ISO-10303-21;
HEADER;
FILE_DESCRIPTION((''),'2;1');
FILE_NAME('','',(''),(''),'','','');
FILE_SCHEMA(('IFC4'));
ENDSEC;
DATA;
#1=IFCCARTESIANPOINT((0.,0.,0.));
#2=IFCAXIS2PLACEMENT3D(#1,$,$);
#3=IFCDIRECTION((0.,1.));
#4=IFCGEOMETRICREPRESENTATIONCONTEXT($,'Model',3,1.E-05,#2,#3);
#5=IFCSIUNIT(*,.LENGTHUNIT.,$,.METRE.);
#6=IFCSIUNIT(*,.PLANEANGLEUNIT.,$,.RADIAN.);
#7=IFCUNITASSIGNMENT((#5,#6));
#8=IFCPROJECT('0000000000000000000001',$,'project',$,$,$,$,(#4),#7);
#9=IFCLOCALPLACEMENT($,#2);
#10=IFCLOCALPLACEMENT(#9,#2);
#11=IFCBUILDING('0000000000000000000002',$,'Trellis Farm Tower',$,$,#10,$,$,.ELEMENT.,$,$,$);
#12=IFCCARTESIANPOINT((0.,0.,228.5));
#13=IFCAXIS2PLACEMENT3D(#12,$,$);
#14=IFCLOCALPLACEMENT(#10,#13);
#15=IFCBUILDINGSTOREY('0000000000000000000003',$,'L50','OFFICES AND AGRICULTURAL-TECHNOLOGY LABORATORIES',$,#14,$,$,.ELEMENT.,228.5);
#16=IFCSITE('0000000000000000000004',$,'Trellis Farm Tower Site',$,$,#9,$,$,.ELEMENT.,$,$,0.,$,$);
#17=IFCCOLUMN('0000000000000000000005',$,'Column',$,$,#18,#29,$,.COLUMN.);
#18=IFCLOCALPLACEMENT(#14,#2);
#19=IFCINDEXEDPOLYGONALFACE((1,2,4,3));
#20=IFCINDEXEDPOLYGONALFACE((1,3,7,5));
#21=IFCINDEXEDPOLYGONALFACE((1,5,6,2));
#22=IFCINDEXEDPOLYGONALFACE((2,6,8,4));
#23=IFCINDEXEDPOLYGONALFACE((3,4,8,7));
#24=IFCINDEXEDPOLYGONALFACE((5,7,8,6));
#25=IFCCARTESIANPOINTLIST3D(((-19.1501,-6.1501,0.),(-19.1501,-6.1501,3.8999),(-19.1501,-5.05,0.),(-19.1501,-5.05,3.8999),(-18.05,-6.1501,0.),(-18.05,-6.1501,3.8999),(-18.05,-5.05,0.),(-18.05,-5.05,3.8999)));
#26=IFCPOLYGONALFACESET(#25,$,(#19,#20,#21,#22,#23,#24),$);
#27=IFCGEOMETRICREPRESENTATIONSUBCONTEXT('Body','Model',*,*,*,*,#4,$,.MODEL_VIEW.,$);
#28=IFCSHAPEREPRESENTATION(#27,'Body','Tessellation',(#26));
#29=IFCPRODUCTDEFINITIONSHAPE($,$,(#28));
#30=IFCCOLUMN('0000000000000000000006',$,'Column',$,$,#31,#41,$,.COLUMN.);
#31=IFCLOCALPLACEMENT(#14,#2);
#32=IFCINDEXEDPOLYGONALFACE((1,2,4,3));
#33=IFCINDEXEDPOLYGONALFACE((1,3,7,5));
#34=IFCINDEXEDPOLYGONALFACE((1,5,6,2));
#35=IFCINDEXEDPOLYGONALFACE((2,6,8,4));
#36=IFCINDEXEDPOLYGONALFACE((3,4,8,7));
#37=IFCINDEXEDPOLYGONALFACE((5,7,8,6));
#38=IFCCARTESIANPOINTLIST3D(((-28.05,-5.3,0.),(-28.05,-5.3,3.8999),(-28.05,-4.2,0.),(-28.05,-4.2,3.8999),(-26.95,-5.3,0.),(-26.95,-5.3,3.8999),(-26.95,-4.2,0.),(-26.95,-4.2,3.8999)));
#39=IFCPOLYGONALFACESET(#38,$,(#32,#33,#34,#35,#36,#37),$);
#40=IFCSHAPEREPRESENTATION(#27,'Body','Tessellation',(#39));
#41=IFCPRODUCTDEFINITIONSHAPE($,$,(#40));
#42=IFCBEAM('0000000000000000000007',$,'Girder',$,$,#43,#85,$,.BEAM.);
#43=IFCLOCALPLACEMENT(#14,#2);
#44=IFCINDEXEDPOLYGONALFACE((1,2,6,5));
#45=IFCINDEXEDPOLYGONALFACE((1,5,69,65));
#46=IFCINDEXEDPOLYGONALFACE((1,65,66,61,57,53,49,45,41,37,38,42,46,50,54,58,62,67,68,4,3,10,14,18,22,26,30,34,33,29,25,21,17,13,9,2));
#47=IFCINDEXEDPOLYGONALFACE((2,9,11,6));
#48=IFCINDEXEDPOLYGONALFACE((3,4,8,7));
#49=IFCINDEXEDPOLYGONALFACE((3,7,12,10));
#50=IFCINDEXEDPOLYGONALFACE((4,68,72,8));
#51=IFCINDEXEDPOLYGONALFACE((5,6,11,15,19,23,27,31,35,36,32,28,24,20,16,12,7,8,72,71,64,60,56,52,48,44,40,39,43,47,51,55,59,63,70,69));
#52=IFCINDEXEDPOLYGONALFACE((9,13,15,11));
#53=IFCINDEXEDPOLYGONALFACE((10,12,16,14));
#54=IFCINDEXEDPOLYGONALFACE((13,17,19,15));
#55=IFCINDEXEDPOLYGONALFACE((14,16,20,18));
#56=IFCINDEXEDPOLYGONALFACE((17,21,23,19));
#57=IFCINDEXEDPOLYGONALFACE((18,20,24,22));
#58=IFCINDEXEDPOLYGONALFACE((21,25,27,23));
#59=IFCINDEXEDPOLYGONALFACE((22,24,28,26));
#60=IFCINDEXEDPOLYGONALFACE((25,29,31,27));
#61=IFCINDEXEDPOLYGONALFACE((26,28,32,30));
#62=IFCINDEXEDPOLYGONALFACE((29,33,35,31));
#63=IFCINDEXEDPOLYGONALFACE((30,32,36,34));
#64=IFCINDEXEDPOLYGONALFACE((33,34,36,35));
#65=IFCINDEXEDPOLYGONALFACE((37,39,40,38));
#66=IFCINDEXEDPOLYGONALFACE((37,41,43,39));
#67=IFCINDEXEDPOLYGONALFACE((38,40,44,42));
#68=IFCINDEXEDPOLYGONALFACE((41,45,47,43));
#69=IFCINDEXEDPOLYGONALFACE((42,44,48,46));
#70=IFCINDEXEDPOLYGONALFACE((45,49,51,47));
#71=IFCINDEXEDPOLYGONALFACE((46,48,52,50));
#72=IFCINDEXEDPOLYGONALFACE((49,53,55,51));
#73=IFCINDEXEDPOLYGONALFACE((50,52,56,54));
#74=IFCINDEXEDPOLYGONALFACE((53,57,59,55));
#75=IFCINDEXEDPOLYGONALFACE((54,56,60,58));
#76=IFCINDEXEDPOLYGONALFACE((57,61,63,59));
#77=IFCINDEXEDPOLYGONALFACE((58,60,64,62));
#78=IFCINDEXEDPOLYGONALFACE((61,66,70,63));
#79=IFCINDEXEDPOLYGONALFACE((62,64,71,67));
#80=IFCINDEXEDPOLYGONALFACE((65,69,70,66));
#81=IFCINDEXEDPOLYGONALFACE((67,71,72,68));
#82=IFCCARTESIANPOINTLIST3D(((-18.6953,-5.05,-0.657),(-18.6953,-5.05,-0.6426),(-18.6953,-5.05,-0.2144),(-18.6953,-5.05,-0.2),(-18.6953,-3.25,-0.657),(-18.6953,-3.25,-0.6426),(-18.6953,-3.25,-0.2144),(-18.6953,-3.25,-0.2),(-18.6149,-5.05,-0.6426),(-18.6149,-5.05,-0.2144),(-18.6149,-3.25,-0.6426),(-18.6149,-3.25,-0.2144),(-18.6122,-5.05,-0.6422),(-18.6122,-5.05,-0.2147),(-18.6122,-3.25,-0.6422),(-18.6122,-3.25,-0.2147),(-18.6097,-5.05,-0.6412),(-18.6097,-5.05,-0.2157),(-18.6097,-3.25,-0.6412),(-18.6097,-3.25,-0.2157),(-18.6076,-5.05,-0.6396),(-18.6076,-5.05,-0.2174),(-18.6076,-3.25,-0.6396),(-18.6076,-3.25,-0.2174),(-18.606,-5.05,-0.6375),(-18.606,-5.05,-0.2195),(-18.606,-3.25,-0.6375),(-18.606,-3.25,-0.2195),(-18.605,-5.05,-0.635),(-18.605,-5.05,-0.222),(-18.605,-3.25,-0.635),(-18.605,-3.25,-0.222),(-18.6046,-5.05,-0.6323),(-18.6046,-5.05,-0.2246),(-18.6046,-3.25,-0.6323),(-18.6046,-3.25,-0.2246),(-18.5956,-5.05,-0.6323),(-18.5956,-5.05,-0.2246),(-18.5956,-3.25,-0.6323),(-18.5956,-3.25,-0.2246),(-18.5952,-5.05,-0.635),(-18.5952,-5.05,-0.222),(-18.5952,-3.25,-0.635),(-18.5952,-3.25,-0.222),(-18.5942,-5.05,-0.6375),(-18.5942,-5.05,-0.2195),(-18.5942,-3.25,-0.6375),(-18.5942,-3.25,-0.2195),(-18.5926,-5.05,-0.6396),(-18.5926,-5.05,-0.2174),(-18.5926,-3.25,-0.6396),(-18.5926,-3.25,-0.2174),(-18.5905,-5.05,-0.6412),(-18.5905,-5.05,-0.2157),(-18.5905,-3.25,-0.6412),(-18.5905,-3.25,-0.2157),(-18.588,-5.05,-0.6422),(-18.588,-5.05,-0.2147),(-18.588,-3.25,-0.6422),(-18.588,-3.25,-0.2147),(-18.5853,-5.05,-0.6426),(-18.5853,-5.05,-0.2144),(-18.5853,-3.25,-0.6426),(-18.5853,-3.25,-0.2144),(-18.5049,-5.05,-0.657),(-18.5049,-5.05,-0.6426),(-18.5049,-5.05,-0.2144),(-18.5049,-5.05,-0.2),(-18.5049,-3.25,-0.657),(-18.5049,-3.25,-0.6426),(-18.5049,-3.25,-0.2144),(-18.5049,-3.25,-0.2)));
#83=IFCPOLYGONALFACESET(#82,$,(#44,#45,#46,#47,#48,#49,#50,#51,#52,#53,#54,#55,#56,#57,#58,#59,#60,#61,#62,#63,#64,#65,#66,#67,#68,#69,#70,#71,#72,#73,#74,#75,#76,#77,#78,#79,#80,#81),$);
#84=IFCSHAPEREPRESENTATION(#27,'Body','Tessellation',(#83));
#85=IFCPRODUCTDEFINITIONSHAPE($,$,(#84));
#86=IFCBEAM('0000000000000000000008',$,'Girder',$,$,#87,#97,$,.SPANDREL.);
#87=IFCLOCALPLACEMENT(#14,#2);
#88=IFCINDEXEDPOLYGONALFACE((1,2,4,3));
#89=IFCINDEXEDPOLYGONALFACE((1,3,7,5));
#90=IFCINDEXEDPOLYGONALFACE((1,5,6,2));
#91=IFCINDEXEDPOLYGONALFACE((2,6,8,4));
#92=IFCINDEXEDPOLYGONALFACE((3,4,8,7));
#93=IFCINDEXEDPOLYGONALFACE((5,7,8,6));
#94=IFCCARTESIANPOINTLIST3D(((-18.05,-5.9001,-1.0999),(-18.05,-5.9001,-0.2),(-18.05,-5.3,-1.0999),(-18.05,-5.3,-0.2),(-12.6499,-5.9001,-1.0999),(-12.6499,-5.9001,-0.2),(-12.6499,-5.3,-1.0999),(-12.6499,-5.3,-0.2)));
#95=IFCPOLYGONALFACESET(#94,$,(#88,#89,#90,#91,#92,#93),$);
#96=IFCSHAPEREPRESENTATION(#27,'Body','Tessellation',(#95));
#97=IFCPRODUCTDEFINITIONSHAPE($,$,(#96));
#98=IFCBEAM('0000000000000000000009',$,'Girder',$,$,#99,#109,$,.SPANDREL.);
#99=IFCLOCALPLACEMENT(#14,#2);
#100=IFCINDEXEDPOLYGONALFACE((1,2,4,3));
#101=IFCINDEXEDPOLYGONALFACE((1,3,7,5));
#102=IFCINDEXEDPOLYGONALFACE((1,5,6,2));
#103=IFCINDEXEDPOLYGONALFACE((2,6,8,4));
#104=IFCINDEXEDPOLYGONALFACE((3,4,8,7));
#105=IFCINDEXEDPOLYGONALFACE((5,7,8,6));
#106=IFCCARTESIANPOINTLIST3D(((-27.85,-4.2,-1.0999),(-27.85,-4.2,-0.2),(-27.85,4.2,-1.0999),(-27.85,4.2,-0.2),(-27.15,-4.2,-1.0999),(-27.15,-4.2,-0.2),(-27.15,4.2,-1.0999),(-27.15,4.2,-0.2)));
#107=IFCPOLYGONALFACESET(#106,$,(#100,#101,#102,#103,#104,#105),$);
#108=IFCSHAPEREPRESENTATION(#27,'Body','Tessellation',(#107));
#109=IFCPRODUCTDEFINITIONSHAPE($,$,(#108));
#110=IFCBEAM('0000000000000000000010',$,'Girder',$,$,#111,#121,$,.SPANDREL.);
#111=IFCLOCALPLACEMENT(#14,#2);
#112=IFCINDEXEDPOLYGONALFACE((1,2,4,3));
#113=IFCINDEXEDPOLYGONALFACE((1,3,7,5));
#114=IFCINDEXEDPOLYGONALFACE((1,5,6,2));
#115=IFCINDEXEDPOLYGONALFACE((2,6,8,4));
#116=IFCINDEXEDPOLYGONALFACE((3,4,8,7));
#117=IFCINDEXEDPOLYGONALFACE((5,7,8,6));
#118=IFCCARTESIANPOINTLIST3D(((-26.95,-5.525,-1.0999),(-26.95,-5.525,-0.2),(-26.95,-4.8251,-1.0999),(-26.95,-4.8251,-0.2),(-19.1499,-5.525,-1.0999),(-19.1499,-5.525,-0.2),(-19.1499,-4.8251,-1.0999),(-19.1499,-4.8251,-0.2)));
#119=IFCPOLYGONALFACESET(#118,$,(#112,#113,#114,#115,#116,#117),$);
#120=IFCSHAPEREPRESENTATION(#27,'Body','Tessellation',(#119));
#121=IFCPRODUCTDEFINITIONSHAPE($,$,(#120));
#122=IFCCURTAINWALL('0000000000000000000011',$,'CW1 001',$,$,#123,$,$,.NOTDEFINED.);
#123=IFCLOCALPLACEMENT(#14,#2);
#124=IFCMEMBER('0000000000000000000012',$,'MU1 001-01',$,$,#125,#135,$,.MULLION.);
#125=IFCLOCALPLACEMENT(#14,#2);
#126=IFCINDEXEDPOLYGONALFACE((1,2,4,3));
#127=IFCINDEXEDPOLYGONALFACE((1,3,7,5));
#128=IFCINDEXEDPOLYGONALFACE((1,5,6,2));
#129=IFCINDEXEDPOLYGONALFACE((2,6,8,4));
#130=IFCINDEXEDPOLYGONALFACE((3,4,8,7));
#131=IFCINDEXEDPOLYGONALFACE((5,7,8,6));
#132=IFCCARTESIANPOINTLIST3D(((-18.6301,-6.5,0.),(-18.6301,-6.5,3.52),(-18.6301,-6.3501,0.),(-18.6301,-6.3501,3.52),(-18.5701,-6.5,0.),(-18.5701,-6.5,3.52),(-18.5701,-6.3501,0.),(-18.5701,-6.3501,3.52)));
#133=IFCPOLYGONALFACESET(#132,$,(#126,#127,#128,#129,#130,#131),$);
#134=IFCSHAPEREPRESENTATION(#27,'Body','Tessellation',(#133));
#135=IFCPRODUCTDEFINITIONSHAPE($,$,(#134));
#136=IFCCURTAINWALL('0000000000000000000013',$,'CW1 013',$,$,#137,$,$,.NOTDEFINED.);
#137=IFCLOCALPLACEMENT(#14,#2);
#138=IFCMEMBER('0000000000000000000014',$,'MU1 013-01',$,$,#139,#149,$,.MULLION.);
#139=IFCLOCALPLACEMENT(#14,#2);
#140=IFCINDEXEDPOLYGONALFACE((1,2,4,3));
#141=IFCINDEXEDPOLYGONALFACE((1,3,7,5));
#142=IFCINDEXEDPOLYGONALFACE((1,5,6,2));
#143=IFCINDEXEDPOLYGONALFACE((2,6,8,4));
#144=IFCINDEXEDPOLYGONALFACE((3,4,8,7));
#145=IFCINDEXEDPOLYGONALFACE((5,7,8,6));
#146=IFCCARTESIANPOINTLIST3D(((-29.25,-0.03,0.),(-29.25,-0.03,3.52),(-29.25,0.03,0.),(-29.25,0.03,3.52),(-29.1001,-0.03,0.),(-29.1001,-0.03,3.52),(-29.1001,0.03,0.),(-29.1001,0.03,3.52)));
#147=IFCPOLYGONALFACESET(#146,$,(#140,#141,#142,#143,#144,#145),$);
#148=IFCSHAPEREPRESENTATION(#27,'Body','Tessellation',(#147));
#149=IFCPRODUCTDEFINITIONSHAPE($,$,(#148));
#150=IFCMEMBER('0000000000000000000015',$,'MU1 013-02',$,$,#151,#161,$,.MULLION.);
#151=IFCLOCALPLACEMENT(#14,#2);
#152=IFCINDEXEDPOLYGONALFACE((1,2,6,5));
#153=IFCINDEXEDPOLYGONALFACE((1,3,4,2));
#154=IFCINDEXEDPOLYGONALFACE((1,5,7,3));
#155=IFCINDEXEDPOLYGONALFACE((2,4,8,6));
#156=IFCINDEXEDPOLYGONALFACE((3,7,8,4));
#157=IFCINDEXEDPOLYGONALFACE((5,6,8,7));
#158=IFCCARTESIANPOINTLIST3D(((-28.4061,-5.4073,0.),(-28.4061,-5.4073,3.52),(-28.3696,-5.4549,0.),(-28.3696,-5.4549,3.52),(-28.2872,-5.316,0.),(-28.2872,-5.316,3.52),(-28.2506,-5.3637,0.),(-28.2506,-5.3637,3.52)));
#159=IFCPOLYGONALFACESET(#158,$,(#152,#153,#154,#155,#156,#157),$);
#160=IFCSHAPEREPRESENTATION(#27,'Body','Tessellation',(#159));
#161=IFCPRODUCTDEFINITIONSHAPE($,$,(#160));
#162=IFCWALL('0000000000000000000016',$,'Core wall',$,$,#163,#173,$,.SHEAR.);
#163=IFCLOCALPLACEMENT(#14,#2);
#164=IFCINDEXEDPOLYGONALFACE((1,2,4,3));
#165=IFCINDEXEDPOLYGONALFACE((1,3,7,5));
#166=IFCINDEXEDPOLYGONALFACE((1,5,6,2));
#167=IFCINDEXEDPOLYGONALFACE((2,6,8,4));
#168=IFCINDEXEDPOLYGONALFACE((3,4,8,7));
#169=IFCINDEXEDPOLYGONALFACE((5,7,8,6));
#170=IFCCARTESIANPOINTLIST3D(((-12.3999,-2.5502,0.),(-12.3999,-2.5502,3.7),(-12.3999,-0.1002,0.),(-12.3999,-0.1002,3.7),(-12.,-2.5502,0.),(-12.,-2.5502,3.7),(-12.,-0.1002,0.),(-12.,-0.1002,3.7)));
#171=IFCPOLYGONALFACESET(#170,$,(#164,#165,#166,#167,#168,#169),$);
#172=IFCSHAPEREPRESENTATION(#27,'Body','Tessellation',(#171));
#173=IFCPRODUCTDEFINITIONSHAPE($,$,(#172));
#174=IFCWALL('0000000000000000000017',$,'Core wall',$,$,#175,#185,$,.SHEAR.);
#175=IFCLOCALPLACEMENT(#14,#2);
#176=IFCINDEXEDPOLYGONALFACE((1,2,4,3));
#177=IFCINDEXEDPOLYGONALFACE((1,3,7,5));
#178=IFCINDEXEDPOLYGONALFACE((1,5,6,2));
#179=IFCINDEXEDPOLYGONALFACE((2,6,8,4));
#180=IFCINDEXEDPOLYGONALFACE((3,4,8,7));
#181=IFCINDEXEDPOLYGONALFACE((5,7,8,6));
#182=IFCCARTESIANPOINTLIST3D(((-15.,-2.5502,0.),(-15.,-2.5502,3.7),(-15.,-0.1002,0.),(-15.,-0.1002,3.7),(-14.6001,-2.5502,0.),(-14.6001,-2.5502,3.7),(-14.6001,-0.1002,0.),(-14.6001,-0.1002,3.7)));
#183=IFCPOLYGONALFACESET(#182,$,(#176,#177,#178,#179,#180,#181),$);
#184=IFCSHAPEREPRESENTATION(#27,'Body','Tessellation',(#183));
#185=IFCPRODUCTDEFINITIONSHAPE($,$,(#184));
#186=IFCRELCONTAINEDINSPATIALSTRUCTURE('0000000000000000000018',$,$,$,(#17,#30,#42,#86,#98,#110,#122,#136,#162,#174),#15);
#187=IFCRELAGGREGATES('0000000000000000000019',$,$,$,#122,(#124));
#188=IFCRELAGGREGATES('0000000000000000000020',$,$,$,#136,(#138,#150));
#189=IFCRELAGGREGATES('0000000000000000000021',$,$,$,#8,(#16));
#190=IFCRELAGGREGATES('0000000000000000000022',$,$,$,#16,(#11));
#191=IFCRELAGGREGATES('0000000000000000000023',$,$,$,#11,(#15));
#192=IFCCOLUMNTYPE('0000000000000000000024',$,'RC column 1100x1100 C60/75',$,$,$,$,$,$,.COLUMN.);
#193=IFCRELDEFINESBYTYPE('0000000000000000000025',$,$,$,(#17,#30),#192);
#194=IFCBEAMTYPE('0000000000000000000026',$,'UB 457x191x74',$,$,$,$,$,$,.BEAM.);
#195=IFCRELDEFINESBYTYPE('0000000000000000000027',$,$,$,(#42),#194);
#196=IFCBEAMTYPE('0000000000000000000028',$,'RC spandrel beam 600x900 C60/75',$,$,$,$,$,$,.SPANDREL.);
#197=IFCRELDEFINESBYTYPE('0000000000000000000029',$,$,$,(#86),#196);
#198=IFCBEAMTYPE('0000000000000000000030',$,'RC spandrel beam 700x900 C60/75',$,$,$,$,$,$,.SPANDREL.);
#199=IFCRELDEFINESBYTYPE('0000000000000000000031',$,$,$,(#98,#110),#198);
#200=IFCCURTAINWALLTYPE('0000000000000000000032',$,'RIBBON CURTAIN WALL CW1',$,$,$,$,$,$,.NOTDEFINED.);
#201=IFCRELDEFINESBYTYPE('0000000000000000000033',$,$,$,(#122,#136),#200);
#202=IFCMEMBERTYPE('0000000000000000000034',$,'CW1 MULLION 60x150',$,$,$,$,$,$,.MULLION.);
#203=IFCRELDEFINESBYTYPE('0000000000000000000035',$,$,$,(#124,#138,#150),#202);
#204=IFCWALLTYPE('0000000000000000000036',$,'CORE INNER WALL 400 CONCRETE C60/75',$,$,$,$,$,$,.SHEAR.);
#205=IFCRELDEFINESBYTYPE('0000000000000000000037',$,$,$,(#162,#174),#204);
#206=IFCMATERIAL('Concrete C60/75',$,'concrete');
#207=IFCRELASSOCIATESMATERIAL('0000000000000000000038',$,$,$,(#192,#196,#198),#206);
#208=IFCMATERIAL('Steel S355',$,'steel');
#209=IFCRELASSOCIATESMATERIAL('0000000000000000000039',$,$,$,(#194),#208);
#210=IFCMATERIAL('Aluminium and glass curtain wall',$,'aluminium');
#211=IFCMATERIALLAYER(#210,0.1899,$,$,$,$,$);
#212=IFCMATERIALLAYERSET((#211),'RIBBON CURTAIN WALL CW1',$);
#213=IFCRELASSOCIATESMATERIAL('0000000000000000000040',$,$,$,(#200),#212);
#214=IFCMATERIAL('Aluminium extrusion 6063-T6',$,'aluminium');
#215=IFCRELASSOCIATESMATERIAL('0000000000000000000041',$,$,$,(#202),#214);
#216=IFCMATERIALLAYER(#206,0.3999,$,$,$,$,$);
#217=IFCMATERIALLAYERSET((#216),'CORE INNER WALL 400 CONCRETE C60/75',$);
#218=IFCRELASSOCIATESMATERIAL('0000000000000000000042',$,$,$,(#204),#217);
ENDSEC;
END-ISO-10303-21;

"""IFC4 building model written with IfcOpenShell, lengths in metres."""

from ifc_helpers import new_model, si_unit, direction, frame, frame_2d, origin, origin_2d, place, context, subcontext, project, spatial, rectangle, i_section, extrude, source, transform, mapped, material, layer, layer_set, material_profile, profile_set, type_object, element, aggregate, save


model = new_model("IFC4")

# Units and contexts
model_context = context("Model", 3, precision=1e-05, world=origin(), true_north=direction((0.0, 1.0)))
body_context = subcontext(model_context, "Body", "Model", "MODEL_VIEW")
ifc_project = project(units=[si_unit("LENGTHUNIT", "METRE"), si_unit("PLANEANGLEUNIT", "RADIAN")], contexts=[model_context])

# Site, building, storey
site_placement = place(None, origin())
site = spatial("IfcSite", under=ifc_project, at=site_placement, Name="Trellis Farm Tower Site", CompositionType="ELEMENT", RefElevation=0.0)
building_placement = place(site_placement, origin())
building = spatial("IfcBuilding", under=site, at=building_placement, Name="Trellis Farm Tower", CompositionType="ELEMENT")
storey_placement = place(building_placement, frame((0.0, 0.0, 228.5)))
storey = spatial("IfcBuildingStorey", under=building, at=storey_placement, Name="L50", Description="OFFICES AND AGRICULTURAL-TECHNOLOGY LABORATORIES", CompositionType="ELEMENT", Elevation=228.5)

# Columns
ifc_material_1 = material(Name="Concrete C60/75", Category="concrete")
ifc_material_profile_1 = material_profile(ifc_material_1, rectangle(XDim=1.1001, YDim=1.1001, at=origin_2d()), Name="RC column 1100x1100 C60/75")
ifc_profile_set_1 = profile_set([ifc_material_profile_1], Name="Concrete C60/75")
column_type = type_object("IfcColumnType", Name="RC column 1100x1100 C60/75", PredefinedType="COLUMN", material=ifc_profile_set_1)
shared_shape_1 = source(origin(), body_context, "Body", "SweptSolid", [
    extrude(rectangle(XDim=1.1001, YDim=1.1001, at=origin_2d()), origin(), (0.0, 0.0, 1.0), 3.8999),
])
for number, where, z_axis, x_axis, name in (
    (1, (-18.6001, -5.6001, 0.0), (0.0, 0.0, 1.0), (1.0, 0.0, 0.0), "Column"),
    (2, (-27.5, -4.75, 0.0), (0.0, 0.0, 1.0), (1.0, 0.0, 0.0), "Column"),
):
    element("IfcColumn", number, at=place(storey_placement, frame(where, z_axis=z_axis, x_axis=x_axis)), inside=storey, type_object=column_type, Name=name, PredefinedType="COLUMN", context=body_context, shape_type="MappedRepresentation", body=[
        mapped(shared_shape_1, transform((0.0, 0.0, 0.0))),
    ])

# Beams
ifc_material_2 = material(Name="Steel S355", Category="steel")
ifc_material_profile_2 = material_profile(ifc_material_2, i_section(OverallWidth=0.1904, OverallDepth=0.457, WebThickness=0.009, FlangeThickness=0.0144, FilletRadius=0.0103, at=origin_2d()), Name="UB 457x191x74")
ifc_profile_set_2 = profile_set([ifc_material_profile_2], Name="Steel S355")
beam_type_1 = type_object("IfcBeamType", Name="UB 457x191x74", PredefinedType="BEAM", material=ifc_profile_set_2)
shared_shape_2 = source(origin(), body_context, "Body", "SweptSolid", [
    extrude(i_section(OverallWidth=0.1904, OverallDepth=0.457, WebThickness=0.009, FlangeThickness=0.0144, FilletRadius=0.0103, at=origin_2d()), origin(), (0.0, 0.0, 1.0), 1.8),
])
beam_1_placement = place(storey_placement, frame((-18.6001, -5.05, -0.4285), z_axis=(0.0, 1.0, 0.0), x_axis=(-1.0, 0.0, 0.0)))
element("IfcBeam", 3, at=beam_1_placement, inside=storey, type_object=beam_type_1, Name="Girder", PredefinedType="BEAM", context=body_context, shape_type="MappedRepresentation", body=[
    mapped(shared_shape_2, transform((0.0, 0.0, 0.0))),
])
ifc_material_profile_3 = material_profile(ifc_material_1, rectangle(XDim=0.6001, YDim=0.8999, at=origin_2d()), Name="RC spandrel beam 600x900 C60/75")
ifc_profile_set_3 = profile_set([ifc_material_profile_3], Name="Concrete C60/75")
beam_type_2 = type_object("IfcBeamType", Name="RC spandrel beam 600x900 C60/75", PredefinedType="SPANDREL", material=ifc_profile_set_3)
shared_shape_3 = source(origin(), body_context, "Body", "SweptSolid", [
    extrude(rectangle(XDim=0.6001, YDim=0.8999, at=origin_2d()), origin(), (0.0, 0.0, 1.0), 5.4001),
])
beam_2_placement = place(storey_placement, frame((-18.05, -5.6001, -0.6499), z_axis=(1.0, 0.0, 0.0), x_axis=(0.0, 1.0, 0.0)))
element("IfcBeam", 4, at=beam_2_placement, inside=storey, type_object=beam_type_2, Name="Girder", PredefinedType="SPANDREL", context=body_context, shape_type="MappedRepresentation", body=[
    mapped(shared_shape_3, transform((0.0, 0.0, 0.0))),
])
ifc_material_profile_4 = material_profile(ifc_material_1, rectangle(XDim=0.7, YDim=0.8999, at=origin_2d()), Name="RC spandrel beam 700x900 C60/75")
ifc_profile_set_4 = profile_set([ifc_material_profile_4], Name="Concrete C60/75")
beam_type_3 = type_object("IfcBeamType", Name="RC spandrel beam 700x900 C60/75", PredefinedType="SPANDREL", material=ifc_profile_set_4)
shared_shape_4 = source(origin(), body_context, "Body", "SweptSolid", [
    extrude(rectangle(XDim=0.7, YDim=0.8999, at=origin_2d()), origin(), (0.0, 0.0, 1.0), 8.3999),
])
beam_3_placement = place(storey_placement, frame((-27.5, -4.2, -0.6499), z_axis=(0.0, 1.0, 0.0), x_axis=(-1.0, 0.0, 0.0)))
element("IfcBeam", 5, at=beam_3_placement, inside=storey, type_object=beam_type_3, Name="Girder", PredefinedType="SPANDREL", context=body_context, shape_type="MappedRepresentation", body=[
    mapped(shared_shape_4, transform((0.0, 0.0, 0.0))),
])
shared_shape_5 = source(origin(), body_context, "Body", "SweptSolid", [
    extrude(rectangle(XDim=0.7, YDim=0.8999, at=origin_2d()), origin(), (0.0, 0.0, 1.0), 7.8),
])
beam_4_placement = place(storey_placement, frame((-26.95, -5.175, -0.6499), z_axis=(1.0, 0.0, 0.0), x_axis=(0.0, 1.0, 0.0)))
element("IfcBeam", 6, at=beam_4_placement, inside=storey, type_object=beam_type_3, Name="Girder", PredefinedType="SPANDREL", context=body_context, shape_type="MappedRepresentation", body=[
    mapped(shared_shape_5, transform((0.0, 0.0, 0.0))),
])

# Curtain wall, member
ifc_material_3 = material(Name="Aluminium and glass curtain wall", Category="aluminium")
ifc_layer_1 = layer(ifc_material_3, 0.1899)
ifc_layer_set_1 = layer_set([ifc_layer_1], Name="RIBBON CURTAIN WALL CW1")
curtain_wall_type = type_object("IfcCurtainWallType", Name="RIBBON CURTAIN WALL CW1", PredefinedType="NOTDEFINED", material=ifc_layer_set_1)
placement = place(storey_placement, origin())
curtain_wall_1 = element("IfcCurtainWall", 7, at=placement, inside=storey, type_object=curtain_wall_type, Name="CW1 001", PredefinedType="NOTDEFINED")
ifc_material_4 = material(Name="Aluminium extrusion 6063-T6", Category="aluminium")
ifc_material_profile_5 = material_profile(ifc_material_4, rectangle(XDim=0.0601, YDim=0.1499, at=origin_2d()), Name="MULLION 60x150")
ifc_profile_set_5 = profile_set([ifc_material_profile_5], Name="Aluminium extrusion 6063-T6")
member_type = type_object("IfcMemberType", Name="CW1 MULLION 60x150", PredefinedType="MULLION", material=ifc_profile_set_5)
shared_shape_6 = source(origin(), body_context, "Body", "SweptSolid", [
    extrude(rectangle(XDim=0.0601, YDim=0.1499, at=origin_2d()), origin(), (0.0, 0.0, 1.0), 3.52),
])
member_1_placement = place(storey_placement, frame((-18.6001, -6.425, 0.0), z_axis=(0.0, 0.0, 1.0), x_axis=(1.0, 0.0, 0.0)))
member_1 = element("IfcMember", 8, at=member_1_placement, type_object=member_type, Name="MU1 001-01", PredefinedType="MULLION", context=body_context, shape_type="MappedRepresentation", body=[
    mapped(shared_shape_6, transform((0.0, 0.0, 0.0))),
])
aggregate(curtain_wall_1, [member_1])

# Curtain wall, members
curtain_wall_2 = element("IfcCurtainWall", 9, at=placement, inside=storey, type_object=curtain_wall_type, Name="CW1 013", PredefinedType="NOTDEFINED")
member_2_placement = place(storey_placement, frame((-29.175, 0.0, 0.0), z_axis=(0.0, 0.0, 1.0), x_axis=(0.0, -1.0, 0.0)))
member_2 = element("IfcMember", 10, at=member_2_placement, type_object=member_type, Name="MU1 013-01", PredefinedType="MULLION", context=body_context, shape_type="MappedRepresentation", body=[
    mapped(shared_shape_6, transform((0.0, 0.0, 0.0))),
])
member_3_placement = place(storey_placement, frame((-28.3284, -5.3855, 0.0), z_axis=(0.0, 0.0, 1.0), x_axis=(0.608761, -0.793353, 0.0)))
member_3 = element("IfcMember", 11, at=member_3_placement, type_object=member_type, Name="MU1 013-02", PredefinedType="MULLION", context=body_context, shape_type="MappedRepresentation", body=[
    mapped(shared_shape_6, transform((0.0, 0.0, 0.0))),
])
aggregate(curtain_wall_2, [member_2, member_3])

# Walls
ifc_layer_2 = layer(ifc_material_1, 0.3999)
ifc_layer_set_2 = layer_set([ifc_layer_2], Name="CORE INNER WALL 400 CONCRETE C60/75")
wall_type_1 = type_object("IfcWallType", Name="CORE INNER WALL 400 CONCRETE C60/75", PredefinedType="SHEAR", material=ifc_layer_set_2)
shared_shape_7 = source(origin(), body_context, "Body", "SweptSolid", [
    extrude(rectangle(XDim=2.45, YDim=0.3999, at=frame_2d((1.2251, 0.0))), origin(), (0.0, 0.0, 1.0), 3.7),
])
for number, where, z_axis, x_axis, name in (
    (12, (-12.2, -0.1001, 0.0), (0.0, 0.0, 1.0), (0.0, -1.0, 0.0), "Core wall"),
    (13, (-14.8, -0.1001, 0.0), (0.0, 0.0, 1.0), (0.0, -1.0, 0.0), "Core wall"),
):
    element("IfcWall", number, at=place(storey_placement, frame(where, z_axis=z_axis, x_axis=x_axis)), inside=storey, type_object=wall_type_1, Name=name, PredefinedType="SHEAR", context=body_context, shape_type="MappedRepresentation", body=[
        mapped(shared_shape_7, transform((0.0, 0.0, 0.0))),
    ])

save(model, "model.ifc")
